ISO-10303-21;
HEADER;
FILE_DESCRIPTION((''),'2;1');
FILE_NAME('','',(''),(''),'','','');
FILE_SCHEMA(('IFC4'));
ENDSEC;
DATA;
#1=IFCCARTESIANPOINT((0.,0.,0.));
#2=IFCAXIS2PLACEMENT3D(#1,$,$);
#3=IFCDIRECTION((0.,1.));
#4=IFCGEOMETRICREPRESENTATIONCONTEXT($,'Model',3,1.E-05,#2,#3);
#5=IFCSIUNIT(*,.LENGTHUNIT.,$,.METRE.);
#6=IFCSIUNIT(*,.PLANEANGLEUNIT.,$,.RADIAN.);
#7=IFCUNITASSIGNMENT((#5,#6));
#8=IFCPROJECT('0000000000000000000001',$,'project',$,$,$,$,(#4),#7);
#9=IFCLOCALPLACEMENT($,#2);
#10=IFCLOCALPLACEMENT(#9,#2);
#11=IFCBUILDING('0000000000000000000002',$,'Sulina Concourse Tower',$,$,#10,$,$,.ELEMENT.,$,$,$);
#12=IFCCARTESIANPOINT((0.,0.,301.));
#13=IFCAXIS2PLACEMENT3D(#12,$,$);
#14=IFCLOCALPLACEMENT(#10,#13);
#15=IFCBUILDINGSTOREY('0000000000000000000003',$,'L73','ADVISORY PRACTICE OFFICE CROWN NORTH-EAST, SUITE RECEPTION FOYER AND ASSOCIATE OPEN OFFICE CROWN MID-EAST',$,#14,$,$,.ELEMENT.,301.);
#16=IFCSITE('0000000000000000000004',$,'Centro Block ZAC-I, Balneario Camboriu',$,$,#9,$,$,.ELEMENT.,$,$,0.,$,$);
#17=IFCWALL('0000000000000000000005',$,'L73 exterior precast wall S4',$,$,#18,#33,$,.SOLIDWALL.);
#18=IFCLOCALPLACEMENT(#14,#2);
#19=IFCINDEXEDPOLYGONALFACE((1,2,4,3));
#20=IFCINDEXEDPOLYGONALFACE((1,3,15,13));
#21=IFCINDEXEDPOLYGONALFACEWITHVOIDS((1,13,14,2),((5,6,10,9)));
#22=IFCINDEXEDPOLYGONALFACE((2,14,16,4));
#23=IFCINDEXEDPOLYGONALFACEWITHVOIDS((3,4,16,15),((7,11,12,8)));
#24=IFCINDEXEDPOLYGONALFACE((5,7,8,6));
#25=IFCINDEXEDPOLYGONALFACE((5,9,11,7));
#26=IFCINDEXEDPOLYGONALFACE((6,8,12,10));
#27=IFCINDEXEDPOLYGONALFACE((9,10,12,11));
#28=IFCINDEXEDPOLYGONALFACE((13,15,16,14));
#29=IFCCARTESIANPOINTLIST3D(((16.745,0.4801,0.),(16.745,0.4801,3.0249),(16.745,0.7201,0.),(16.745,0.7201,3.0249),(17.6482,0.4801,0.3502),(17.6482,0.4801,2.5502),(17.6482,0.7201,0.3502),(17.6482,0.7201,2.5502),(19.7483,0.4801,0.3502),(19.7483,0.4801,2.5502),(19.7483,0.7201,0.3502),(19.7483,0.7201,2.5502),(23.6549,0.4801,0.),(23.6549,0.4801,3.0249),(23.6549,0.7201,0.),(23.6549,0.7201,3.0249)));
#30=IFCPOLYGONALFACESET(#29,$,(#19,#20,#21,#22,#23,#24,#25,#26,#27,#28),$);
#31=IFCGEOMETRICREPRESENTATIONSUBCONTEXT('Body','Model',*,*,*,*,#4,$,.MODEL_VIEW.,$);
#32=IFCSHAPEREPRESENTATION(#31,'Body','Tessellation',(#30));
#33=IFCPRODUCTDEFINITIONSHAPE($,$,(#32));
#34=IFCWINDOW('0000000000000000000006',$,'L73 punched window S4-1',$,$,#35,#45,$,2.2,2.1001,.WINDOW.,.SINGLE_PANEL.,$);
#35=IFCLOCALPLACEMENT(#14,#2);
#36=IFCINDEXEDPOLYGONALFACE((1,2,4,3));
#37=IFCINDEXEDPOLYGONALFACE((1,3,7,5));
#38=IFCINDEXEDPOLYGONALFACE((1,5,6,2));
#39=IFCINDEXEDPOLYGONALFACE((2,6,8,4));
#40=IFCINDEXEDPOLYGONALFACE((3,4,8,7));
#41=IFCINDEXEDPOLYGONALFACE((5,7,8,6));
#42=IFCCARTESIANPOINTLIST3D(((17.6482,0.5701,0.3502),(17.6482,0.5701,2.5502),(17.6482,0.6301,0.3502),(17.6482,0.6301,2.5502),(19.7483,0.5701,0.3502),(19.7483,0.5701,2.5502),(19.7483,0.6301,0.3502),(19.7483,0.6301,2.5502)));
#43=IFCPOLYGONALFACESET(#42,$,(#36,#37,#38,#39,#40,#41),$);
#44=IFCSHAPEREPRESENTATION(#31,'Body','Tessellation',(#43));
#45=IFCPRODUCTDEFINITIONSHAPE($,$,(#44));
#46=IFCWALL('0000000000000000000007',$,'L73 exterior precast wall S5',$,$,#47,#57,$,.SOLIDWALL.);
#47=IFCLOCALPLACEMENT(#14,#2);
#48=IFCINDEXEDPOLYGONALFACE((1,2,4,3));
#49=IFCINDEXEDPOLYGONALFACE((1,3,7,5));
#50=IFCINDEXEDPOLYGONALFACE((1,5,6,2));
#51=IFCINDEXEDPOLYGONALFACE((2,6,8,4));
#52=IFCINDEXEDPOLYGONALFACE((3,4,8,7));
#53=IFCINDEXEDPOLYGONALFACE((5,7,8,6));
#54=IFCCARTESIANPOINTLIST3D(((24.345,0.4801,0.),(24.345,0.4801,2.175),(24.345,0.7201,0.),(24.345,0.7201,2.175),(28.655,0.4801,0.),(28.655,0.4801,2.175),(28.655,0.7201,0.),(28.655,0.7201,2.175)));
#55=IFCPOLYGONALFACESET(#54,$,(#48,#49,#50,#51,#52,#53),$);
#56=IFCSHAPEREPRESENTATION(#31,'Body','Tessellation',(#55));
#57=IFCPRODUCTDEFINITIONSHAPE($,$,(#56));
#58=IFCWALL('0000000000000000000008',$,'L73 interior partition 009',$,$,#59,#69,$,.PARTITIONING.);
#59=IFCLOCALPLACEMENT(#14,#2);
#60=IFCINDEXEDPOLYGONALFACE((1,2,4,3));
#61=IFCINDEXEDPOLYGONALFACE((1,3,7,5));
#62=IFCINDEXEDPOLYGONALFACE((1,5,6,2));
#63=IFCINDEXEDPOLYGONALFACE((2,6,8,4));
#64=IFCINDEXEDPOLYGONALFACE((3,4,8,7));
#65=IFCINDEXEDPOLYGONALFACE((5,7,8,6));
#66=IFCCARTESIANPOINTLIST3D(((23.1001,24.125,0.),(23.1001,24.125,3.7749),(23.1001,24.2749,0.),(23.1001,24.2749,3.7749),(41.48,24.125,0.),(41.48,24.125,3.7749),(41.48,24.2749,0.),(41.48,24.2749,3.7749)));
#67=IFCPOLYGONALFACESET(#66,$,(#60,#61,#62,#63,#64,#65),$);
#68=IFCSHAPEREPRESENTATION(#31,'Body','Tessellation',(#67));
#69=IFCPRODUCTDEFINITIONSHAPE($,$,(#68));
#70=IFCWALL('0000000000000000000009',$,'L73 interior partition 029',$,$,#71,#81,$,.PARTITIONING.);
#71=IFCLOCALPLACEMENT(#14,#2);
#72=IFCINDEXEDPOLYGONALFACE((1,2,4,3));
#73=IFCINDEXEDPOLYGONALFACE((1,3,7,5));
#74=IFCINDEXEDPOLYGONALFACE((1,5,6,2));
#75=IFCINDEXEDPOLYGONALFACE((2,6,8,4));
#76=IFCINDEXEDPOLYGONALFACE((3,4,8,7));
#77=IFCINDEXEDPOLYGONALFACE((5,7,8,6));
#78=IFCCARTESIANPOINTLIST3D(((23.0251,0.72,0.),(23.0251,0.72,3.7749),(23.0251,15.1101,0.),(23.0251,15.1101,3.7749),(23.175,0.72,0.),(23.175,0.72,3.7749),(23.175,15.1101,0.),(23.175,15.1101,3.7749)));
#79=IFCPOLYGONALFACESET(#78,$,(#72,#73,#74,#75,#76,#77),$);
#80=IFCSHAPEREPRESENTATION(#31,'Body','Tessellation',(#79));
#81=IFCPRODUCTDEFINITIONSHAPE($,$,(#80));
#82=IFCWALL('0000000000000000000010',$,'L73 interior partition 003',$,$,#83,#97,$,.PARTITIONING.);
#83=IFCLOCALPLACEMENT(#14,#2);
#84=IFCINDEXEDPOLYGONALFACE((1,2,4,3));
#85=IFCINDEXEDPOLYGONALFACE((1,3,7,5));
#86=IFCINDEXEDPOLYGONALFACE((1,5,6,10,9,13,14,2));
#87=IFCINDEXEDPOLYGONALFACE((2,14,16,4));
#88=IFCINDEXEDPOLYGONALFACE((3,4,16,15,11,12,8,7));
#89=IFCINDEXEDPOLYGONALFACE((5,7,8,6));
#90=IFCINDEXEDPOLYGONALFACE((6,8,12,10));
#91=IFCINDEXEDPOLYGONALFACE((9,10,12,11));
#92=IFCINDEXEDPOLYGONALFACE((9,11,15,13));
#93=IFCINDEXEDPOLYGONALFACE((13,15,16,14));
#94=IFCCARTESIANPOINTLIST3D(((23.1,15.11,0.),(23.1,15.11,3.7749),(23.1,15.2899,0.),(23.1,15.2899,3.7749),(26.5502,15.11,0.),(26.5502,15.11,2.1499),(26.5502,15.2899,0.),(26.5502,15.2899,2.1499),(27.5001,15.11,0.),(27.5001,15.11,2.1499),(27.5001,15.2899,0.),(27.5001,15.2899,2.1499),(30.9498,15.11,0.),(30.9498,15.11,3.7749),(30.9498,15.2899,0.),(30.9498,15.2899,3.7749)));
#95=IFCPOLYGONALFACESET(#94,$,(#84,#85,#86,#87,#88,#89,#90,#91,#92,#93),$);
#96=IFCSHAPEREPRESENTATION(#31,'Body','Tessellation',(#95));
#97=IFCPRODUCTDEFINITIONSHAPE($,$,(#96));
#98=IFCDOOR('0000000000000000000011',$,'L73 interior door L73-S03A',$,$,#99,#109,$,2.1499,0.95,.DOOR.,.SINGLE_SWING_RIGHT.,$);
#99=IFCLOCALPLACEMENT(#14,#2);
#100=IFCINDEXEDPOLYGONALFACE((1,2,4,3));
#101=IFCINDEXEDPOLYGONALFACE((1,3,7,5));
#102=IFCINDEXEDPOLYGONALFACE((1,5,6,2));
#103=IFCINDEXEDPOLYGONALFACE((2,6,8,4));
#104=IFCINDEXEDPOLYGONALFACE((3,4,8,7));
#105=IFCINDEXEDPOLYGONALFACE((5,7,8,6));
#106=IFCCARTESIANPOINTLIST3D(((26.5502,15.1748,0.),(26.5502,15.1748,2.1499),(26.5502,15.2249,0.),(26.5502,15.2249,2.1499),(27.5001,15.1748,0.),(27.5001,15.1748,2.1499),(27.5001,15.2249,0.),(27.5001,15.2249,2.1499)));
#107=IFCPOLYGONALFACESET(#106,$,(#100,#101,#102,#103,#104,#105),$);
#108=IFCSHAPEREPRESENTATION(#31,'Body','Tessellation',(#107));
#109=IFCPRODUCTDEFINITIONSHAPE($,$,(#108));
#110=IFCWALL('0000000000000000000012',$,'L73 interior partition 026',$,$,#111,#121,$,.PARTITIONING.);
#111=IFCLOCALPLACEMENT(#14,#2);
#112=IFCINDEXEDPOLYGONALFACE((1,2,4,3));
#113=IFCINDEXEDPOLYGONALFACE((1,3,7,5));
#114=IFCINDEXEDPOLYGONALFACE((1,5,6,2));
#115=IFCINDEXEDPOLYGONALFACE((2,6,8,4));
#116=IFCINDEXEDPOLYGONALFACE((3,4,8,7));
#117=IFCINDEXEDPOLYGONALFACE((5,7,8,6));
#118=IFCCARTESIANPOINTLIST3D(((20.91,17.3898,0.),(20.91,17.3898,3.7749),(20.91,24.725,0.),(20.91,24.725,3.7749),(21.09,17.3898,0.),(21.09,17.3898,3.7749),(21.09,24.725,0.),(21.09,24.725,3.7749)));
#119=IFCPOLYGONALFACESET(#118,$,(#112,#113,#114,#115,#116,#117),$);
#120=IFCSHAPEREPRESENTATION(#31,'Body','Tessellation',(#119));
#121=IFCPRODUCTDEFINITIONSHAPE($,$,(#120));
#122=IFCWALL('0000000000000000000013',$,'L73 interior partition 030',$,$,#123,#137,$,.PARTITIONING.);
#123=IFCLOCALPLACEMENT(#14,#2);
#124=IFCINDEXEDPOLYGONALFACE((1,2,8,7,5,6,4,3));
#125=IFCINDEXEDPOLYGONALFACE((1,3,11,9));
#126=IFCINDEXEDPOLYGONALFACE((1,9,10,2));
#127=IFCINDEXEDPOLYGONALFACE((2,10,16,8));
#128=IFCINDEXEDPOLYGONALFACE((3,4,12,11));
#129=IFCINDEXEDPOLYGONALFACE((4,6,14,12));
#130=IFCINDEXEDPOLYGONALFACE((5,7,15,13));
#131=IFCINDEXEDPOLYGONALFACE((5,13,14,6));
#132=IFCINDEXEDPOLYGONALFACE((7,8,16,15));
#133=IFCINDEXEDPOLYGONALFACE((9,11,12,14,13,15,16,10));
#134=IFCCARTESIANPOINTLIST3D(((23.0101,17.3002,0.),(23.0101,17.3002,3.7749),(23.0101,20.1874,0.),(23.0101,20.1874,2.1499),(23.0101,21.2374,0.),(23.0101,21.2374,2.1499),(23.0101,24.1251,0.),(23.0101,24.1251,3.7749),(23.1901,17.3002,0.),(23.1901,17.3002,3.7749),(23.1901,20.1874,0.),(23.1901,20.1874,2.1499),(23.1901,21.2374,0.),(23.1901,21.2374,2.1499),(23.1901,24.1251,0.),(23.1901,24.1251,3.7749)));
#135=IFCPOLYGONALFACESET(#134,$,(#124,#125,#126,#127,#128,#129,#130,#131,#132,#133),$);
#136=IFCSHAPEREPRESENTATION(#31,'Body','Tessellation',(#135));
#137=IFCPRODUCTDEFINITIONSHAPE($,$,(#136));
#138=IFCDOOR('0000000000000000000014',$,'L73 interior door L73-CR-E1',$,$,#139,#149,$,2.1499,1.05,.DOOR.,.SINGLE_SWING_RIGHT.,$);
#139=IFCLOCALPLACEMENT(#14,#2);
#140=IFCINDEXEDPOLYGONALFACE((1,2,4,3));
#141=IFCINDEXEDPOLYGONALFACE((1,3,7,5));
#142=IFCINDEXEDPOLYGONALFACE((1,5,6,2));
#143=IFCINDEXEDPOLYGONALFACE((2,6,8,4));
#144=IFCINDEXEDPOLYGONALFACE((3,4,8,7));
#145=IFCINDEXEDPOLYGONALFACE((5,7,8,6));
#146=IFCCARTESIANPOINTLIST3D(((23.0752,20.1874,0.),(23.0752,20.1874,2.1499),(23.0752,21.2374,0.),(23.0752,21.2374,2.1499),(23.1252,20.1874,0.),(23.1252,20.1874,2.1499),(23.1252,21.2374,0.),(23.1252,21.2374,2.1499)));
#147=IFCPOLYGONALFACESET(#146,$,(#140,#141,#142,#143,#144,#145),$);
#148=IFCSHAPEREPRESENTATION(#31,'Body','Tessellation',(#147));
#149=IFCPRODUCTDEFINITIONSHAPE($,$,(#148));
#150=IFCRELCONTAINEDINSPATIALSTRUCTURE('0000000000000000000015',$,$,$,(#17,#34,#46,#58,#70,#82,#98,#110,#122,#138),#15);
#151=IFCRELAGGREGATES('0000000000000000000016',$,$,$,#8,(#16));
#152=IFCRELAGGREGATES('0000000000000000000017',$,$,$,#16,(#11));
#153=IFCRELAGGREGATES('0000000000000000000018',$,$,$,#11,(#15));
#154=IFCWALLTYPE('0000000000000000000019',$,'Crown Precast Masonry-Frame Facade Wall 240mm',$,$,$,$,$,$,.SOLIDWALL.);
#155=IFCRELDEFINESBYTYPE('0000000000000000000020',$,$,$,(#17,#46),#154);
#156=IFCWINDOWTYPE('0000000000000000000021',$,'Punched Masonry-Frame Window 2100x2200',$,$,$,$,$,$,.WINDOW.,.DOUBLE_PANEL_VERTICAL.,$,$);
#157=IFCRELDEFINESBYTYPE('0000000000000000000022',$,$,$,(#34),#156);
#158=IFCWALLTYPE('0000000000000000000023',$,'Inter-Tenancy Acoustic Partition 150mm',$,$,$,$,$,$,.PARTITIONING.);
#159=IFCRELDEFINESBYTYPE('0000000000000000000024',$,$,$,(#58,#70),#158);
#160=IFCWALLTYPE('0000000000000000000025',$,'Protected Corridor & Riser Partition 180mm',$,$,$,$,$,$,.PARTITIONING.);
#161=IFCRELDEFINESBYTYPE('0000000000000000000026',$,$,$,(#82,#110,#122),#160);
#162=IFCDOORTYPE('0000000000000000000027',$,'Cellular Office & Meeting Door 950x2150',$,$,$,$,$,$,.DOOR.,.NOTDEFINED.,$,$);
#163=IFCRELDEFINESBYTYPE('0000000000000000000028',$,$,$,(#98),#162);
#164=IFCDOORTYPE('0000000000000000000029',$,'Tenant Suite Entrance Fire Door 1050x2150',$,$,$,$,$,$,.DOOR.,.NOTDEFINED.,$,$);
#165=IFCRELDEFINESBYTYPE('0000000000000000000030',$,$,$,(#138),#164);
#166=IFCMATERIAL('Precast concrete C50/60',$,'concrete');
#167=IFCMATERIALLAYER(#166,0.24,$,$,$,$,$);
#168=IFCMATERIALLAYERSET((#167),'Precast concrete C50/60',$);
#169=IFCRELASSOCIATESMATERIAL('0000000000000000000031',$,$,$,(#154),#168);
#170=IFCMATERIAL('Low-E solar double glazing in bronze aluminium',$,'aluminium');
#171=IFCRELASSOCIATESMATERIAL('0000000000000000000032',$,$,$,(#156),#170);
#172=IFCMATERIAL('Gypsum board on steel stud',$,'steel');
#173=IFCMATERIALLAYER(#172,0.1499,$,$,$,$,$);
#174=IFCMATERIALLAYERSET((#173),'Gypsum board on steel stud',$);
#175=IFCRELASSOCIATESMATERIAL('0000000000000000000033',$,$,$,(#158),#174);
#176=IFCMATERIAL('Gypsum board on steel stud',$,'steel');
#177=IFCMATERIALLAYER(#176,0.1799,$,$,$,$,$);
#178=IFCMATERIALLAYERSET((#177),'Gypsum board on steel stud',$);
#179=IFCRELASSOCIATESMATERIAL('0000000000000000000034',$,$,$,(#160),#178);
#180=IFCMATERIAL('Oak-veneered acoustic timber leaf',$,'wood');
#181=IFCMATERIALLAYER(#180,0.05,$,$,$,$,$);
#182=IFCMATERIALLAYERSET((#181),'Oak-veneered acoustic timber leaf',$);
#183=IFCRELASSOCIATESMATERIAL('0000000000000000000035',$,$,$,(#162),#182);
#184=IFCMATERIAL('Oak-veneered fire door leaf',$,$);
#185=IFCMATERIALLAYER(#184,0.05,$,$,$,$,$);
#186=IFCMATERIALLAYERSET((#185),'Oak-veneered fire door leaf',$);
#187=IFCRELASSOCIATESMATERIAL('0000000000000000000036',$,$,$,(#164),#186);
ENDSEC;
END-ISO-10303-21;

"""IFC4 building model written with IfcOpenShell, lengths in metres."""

from ifc_helpers import new_model, si_unit, direction, frame, frame_2d, origin, place, context, subcontext, project, spatial, rectangle, extrude, material, layer, layer_set, type_object, element, fill, save


model = new_model("IFC4")

# Units and contexts
model_context = context("Model", 3, precision=1e-05, world=origin(), true_north=direction((0.0, 1.0)))
body_context = subcontext(model_context, "Body", "Model", "MODEL_VIEW")
ifc_project = project(units=[si_unit("LENGTHUNIT", "METRE"), si_unit("PLANEANGLEUNIT", "RADIAN")], contexts=[model_context])

# Site, building, storey
site_placement = place(None, origin())
site = spatial("IfcSite", under=ifc_project, at=site_placement, Name="Centro Block ZAC-I, Balneario Camboriu", CompositionType="ELEMENT", RefElevation=0.0)
building_placement = place(site_placement, origin())
building = spatial("IfcBuilding", under=site, at=building_placement, Name="Sulina Concourse Tower", CompositionType="ELEMENT")
storey_placement = place(building_placement, frame((0.0, 0.0, 301.0)))
storey = spatial("IfcBuildingStorey", under=building, at=storey_placement, Name="L73", Description="ADVISORY PRACTICE OFFICE CROWN NORTH-EAST, SUITE RECEPTION FOYER AND ASSOCIATE OPEN OFFICE CROWN MID-EAST", CompositionType="ELEMENT", Elevation=301.0)

# Wall, opening, window
ifc_material_1 = material(Name="Precast concrete C50/60", Category="concrete")
ifc_layer_1 = layer(ifc_material_1, 0.24)
ifc_layer_set_1 = layer_set([ifc_layer_1], Name="Precast concrete C50/60")
wall_type_1 = type_object("IfcWallType", Name="Crown Precast Masonry-Frame Facade Wall 240mm", PredefinedType="SOLIDWALL", material=ifc_layer_set_1)
wall_1_placement = place(storey_placement, frame((23.655, 0.6001, 0.0), z_axis=(0.0, 0.0, 1.0), x_axis=(-1.0, 0.0, 0.0)))
wall_1 = element("IfcWall", 1, at=wall_1_placement, inside=storey, type_object=wall_type_1, Name="L73 exterior precast wall S4", PredefinedType="SOLIDWALL", context=body_context, shape_type="SweptSolid", body=[
    extrude(rectangle(XDim=6.9099, YDim=0.24, at=frame_2d((3.4551, 0.0))), origin(), (0.0, 0.0, 1.0), 3.0249),
])
opening_1_placement = place(wall_1_placement, frame((3.9067, 0.0, 0.3501)))
opening_1 = element("IfcOpeningElement", 2, at=opening_1_placement, cuts=wall_1, PredefinedType="OPENING", context=body_context, shape_type="SweptSolid", body=[
    extrude(rectangle(XDim=2.1001, YDim=2.2, at=frame_2d((1.05, 1.1001))), frame((0.0, 0.1299, 0.0), z_axis=(0.0, -1.0, 0.0), x_axis=(1.0, 0.0, 0.0)), (0.0, 0.0, 1.0), 0.26),
])
ifc_material_2 = material(Name="Low-E solar double glazing in bronze aluminium", Category="aluminium")
window_type = type_object("IfcWindowType", Name="Punched Masonry-Frame Window 2100x2200", PartitioningType="DOUBLE_PANEL_VERTICAL", PredefinedType="WINDOW", material=ifc_material_2)
window_placement = place(opening_1_placement, origin())
window = element("IfcWindow", 3, at=window_placement, inside=storey, type_object=window_type, Name="L73 punched window S4-1", OverallHeight=2.2, OverallWidth=2.1001, PartitioningType="SINGLE_PANEL", PredefinedType="WINDOW", context=body_context, shape_type="SweptSolid", body=[
    extrude(rectangle(XDim=2.1001, YDim=2.2, at=frame_2d((1.05, 1.1001))), frame((0.0, 0.03, 0.0), z_axis=(0.0, -1.0, 0.0), x_axis=(1.0, 0.0, 0.0)), (0.0, 0.0, 1.0), 0.0601),
])
fill(opening_1, window)

# Walls
wall_2_placement = place(storey_placement, frame((28.655, 0.6001, 0.0), z_axis=(0.0, 0.0, 1.0), x_axis=(-1.0, 0.0, 0.0)))
element("IfcWall", 4, at=wall_2_placement, inside=storey, type_object=wall_type_1, Name="L73 exterior precast wall S5", PredefinedType="SOLIDWALL", context=body_context, shape_type="SweptSolid", body=[
    extrude(rectangle(XDim=4.3101, YDim=0.24, at=frame_2d((2.155, 0.0))), origin(), (0.0, 0.0, 1.0), 2.175),
])
ifc_material_3 = material(Name="Gypsum board on steel stud", Category="steel")
ifc_layer_2 = layer(ifc_material_3, 0.1499)
ifc_layer_set_2 = layer_set([ifc_layer_2], Name="Gypsum board on steel stud")
wall_type_2 = type_object("IfcWallType", Name="Inter-Tenancy Acoustic Partition 150mm", PredefinedType="PARTITIONING", material=ifc_layer_set_2)
wall_3_placement = place(storey_placement, frame((23.1001, 24.2, 0.0), z_axis=(0.0, 0.0, 1.0), x_axis=(1.0, 0.0, 0.0)))
element("IfcWall", 5, at=wall_3_placement, inside=storey, type_object=wall_type_2, Name="L73 interior partition 009", PredefinedType="PARTITIONING", context=body_context, shape_type="SweptSolid", body=[
    extrude(rectangle(XDim=18.3799, YDim=0.1499, at=frame_2d((9.1899, 0.0))), origin(), (0.0, 0.0, 1.0), 3.7749),
])
wall_4_placement = place(storey_placement, frame((23.1001, 0.72, 0.0), z_axis=(0.0, 0.0, 1.0), x_axis=(0.0, 1.0, 0.0)))
element("IfcWall", 6, at=wall_4_placement, inside=storey, type_object=wall_type_2, Name="L73 interior partition 029", PredefinedType="PARTITIONING", context=body_context, shape_type="SweptSolid", body=[
    extrude(rectangle(XDim=14.3901, YDim=0.1499, at=frame_2d((7.1951, 0.0))), origin(), (0.0, 0.0, 1.0), 3.7749),
])

# Wall, opening, door
ifc_material_4 = material(Name="Gypsum board on steel stud", Category="steel")
ifc_layer_3 = layer(ifc_material_4, 0.1799)
ifc_layer_set_3 = layer_set([ifc_layer_3], Name="Gypsum board on steel stud")
wall_type_3 = type_object("IfcWallType", Name="Protected Corridor & Riser Partition 180mm", PredefinedType="PARTITIONING", material=ifc_layer_set_3)
wall_5_placement = place(storey_placement, frame((23.1001, 15.2, 0.0), z_axis=(0.0, 0.0, 1.0), x_axis=(1.0, 0.0, 0.0)))
wall_5 = element("IfcWall", 7, at=wall_5_placement, inside=storey, type_object=wall_type_3, Name="L73 interior partition 003", PredefinedType="PARTITIONING", context=body_context, shape_type="SweptSolid", body=[
    extrude(rectangle(XDim=7.8499, YDim=0.1799, at=frame_2d((3.9248, 0.0))), origin(), (0.0, 0.0, 1.0), 3.7749),
])
opening_2_placement = place(wall_5_placement, frame((3.45, 0.0, 0.0)))
opening_2 = element("IfcOpeningElement", 8, at=opening_2_placement, cuts=wall_5, PredefinedType="OPENING", context=body_context, shape_type="SweptSolid", body=[
    extrude(rectangle(XDim=0.95, YDim=2.1499, at=frame_2d((0.4751, 1.075))), frame((0.0, 0.0999, 0.0), z_axis=(0.0, -1.0, 0.0), x_axis=(1.0, 0.0, 0.0)), (0.0, 0.0, 1.0), 0.2),
])
ifc_material_5 = material(Name="Oak-veneered acoustic timber leaf", Category="wood")
ifc_layer_4 = layer(ifc_material_5, 0.05)
ifc_layer_set_4 = layer_set([ifc_layer_4], Name="Oak-veneered acoustic timber leaf")
door_type_1 = type_object("IfcDoorType", Name="Cellular Office & Meeting Door 950x2150", OperationType="NOTDEFINED", PredefinedType="DOOR", material=ifc_layer_set_4)
door_1_placement = place(opening_2_placement, origin())
door_1 = element("IfcDoor", 9, at=door_1_placement, inside=storey, type_object=door_type_1, Name="L73 interior door L73-S03A", OperationType="SINGLE_SWING_RIGHT", OverallHeight=2.1499, OverallWidth=0.95, PredefinedType="DOOR", context=body_context, shape_type="SweptSolid", body=[
    extrude(rectangle(XDim=0.95, YDim=2.1499, at=frame_2d((0.4751, 1.075))), frame((0.0, 0.0249, 0.0), z_axis=(0.0, -1.0, 0.0), x_axis=(1.0, 0.0, 0.0)), (0.0, 0.0, 1.0), 0.05),
])
fill(opening_2, door_1)

# Wall
wall_6_placement = place(storey_placement, frame((21.0, 17.3899, 0.0), z_axis=(0.0, 0.0, 1.0), x_axis=(0.0, 1.0, 0.0)))
element("IfcWall", 10, at=wall_6_placement, inside=storey, type_object=wall_type_3, Name="L73 interior partition 026", PredefinedType="PARTITIONING", context=body_context, shape_type="SweptSolid", body=[
    extrude(rectangle(XDim=7.3352, YDim=0.1799, at=frame_2d((3.6675, 0.0))), origin(), (0.0, 0.0, 1.0), 3.7749),
])

# Wall, opening, door
wall_7_placement = place(storey_placement, frame((23.1001, 17.3, 0.0), z_axis=(0.0, 0.0, 1.0), x_axis=(0.0, 1.0, 0.0)))
wall_7 = element("IfcWall", 11, at=wall_7_placement, inside=storey, type_object=wall_type_3, Name="L73 interior partition 030", PredefinedType="PARTITIONING", context=body_context, shape_type="SweptSolid", body=[
    extrude(rectangle(XDim=6.825, YDim=0.1799, at=frame_2d((3.4126, 0.0))), origin(), (0.0, 0.0, 1.0), 3.7749),
])
opening_3_placement = place(wall_7_placement, frame((2.8875, 0.0, 0.0)))
opening_3 = element("IfcOpeningElement", 12, at=opening_3_placement, cuts=wall_7, PredefinedType="OPENING", context=body_context, shape_type="SweptSolid", body=[
    extrude(rectangle(XDim=1.05, YDim=2.1499, at=frame_2d((0.5249, 1.075))), frame((0.0, 0.0999, 0.0), z_axis=(0.0, -1.0, 0.0), x_axis=(1.0, 0.0, 0.0)), (0.0, 0.0, 1.0), 0.2),
])
ifc_material_6 = material(Name="Oak-veneered fire door leaf")
ifc_layer_5 = layer(ifc_material_6, 0.05)
ifc_layer_set_5 = layer_set([ifc_layer_5], Name="Oak-veneered fire door leaf")
door_type_2 = type_object("IfcDoorType", Name="Tenant Suite Entrance Fire Door 1050x2150", OperationType="NOTDEFINED", PredefinedType="DOOR", material=ifc_layer_set_5)
door_2_placement = place(opening_3_placement, origin())
door_2 = element("IfcDoor", 13, at=door_2_placement, inside=storey, type_object=door_type_2, Name="L73 interior door L73-CR-E1", OperationType="SINGLE_SWING_RIGHT", OverallHeight=2.1499, OverallWidth=1.05, PredefinedType="DOOR", context=body_context, shape_type="SweptSolid", body=[
    extrude(rectangle(XDim=1.05, YDim=2.1499, at=frame_2d((0.5249, 1.075))), frame((0.0, 0.0249, 0.0), z_axis=(0.0, -1.0, 0.0), x_axis=(1.0, 0.0, 0.0)), (0.0, 0.0, 1.0), 0.05),
])
fill(opening_3, door_2)

save(model, "model.ifc")
